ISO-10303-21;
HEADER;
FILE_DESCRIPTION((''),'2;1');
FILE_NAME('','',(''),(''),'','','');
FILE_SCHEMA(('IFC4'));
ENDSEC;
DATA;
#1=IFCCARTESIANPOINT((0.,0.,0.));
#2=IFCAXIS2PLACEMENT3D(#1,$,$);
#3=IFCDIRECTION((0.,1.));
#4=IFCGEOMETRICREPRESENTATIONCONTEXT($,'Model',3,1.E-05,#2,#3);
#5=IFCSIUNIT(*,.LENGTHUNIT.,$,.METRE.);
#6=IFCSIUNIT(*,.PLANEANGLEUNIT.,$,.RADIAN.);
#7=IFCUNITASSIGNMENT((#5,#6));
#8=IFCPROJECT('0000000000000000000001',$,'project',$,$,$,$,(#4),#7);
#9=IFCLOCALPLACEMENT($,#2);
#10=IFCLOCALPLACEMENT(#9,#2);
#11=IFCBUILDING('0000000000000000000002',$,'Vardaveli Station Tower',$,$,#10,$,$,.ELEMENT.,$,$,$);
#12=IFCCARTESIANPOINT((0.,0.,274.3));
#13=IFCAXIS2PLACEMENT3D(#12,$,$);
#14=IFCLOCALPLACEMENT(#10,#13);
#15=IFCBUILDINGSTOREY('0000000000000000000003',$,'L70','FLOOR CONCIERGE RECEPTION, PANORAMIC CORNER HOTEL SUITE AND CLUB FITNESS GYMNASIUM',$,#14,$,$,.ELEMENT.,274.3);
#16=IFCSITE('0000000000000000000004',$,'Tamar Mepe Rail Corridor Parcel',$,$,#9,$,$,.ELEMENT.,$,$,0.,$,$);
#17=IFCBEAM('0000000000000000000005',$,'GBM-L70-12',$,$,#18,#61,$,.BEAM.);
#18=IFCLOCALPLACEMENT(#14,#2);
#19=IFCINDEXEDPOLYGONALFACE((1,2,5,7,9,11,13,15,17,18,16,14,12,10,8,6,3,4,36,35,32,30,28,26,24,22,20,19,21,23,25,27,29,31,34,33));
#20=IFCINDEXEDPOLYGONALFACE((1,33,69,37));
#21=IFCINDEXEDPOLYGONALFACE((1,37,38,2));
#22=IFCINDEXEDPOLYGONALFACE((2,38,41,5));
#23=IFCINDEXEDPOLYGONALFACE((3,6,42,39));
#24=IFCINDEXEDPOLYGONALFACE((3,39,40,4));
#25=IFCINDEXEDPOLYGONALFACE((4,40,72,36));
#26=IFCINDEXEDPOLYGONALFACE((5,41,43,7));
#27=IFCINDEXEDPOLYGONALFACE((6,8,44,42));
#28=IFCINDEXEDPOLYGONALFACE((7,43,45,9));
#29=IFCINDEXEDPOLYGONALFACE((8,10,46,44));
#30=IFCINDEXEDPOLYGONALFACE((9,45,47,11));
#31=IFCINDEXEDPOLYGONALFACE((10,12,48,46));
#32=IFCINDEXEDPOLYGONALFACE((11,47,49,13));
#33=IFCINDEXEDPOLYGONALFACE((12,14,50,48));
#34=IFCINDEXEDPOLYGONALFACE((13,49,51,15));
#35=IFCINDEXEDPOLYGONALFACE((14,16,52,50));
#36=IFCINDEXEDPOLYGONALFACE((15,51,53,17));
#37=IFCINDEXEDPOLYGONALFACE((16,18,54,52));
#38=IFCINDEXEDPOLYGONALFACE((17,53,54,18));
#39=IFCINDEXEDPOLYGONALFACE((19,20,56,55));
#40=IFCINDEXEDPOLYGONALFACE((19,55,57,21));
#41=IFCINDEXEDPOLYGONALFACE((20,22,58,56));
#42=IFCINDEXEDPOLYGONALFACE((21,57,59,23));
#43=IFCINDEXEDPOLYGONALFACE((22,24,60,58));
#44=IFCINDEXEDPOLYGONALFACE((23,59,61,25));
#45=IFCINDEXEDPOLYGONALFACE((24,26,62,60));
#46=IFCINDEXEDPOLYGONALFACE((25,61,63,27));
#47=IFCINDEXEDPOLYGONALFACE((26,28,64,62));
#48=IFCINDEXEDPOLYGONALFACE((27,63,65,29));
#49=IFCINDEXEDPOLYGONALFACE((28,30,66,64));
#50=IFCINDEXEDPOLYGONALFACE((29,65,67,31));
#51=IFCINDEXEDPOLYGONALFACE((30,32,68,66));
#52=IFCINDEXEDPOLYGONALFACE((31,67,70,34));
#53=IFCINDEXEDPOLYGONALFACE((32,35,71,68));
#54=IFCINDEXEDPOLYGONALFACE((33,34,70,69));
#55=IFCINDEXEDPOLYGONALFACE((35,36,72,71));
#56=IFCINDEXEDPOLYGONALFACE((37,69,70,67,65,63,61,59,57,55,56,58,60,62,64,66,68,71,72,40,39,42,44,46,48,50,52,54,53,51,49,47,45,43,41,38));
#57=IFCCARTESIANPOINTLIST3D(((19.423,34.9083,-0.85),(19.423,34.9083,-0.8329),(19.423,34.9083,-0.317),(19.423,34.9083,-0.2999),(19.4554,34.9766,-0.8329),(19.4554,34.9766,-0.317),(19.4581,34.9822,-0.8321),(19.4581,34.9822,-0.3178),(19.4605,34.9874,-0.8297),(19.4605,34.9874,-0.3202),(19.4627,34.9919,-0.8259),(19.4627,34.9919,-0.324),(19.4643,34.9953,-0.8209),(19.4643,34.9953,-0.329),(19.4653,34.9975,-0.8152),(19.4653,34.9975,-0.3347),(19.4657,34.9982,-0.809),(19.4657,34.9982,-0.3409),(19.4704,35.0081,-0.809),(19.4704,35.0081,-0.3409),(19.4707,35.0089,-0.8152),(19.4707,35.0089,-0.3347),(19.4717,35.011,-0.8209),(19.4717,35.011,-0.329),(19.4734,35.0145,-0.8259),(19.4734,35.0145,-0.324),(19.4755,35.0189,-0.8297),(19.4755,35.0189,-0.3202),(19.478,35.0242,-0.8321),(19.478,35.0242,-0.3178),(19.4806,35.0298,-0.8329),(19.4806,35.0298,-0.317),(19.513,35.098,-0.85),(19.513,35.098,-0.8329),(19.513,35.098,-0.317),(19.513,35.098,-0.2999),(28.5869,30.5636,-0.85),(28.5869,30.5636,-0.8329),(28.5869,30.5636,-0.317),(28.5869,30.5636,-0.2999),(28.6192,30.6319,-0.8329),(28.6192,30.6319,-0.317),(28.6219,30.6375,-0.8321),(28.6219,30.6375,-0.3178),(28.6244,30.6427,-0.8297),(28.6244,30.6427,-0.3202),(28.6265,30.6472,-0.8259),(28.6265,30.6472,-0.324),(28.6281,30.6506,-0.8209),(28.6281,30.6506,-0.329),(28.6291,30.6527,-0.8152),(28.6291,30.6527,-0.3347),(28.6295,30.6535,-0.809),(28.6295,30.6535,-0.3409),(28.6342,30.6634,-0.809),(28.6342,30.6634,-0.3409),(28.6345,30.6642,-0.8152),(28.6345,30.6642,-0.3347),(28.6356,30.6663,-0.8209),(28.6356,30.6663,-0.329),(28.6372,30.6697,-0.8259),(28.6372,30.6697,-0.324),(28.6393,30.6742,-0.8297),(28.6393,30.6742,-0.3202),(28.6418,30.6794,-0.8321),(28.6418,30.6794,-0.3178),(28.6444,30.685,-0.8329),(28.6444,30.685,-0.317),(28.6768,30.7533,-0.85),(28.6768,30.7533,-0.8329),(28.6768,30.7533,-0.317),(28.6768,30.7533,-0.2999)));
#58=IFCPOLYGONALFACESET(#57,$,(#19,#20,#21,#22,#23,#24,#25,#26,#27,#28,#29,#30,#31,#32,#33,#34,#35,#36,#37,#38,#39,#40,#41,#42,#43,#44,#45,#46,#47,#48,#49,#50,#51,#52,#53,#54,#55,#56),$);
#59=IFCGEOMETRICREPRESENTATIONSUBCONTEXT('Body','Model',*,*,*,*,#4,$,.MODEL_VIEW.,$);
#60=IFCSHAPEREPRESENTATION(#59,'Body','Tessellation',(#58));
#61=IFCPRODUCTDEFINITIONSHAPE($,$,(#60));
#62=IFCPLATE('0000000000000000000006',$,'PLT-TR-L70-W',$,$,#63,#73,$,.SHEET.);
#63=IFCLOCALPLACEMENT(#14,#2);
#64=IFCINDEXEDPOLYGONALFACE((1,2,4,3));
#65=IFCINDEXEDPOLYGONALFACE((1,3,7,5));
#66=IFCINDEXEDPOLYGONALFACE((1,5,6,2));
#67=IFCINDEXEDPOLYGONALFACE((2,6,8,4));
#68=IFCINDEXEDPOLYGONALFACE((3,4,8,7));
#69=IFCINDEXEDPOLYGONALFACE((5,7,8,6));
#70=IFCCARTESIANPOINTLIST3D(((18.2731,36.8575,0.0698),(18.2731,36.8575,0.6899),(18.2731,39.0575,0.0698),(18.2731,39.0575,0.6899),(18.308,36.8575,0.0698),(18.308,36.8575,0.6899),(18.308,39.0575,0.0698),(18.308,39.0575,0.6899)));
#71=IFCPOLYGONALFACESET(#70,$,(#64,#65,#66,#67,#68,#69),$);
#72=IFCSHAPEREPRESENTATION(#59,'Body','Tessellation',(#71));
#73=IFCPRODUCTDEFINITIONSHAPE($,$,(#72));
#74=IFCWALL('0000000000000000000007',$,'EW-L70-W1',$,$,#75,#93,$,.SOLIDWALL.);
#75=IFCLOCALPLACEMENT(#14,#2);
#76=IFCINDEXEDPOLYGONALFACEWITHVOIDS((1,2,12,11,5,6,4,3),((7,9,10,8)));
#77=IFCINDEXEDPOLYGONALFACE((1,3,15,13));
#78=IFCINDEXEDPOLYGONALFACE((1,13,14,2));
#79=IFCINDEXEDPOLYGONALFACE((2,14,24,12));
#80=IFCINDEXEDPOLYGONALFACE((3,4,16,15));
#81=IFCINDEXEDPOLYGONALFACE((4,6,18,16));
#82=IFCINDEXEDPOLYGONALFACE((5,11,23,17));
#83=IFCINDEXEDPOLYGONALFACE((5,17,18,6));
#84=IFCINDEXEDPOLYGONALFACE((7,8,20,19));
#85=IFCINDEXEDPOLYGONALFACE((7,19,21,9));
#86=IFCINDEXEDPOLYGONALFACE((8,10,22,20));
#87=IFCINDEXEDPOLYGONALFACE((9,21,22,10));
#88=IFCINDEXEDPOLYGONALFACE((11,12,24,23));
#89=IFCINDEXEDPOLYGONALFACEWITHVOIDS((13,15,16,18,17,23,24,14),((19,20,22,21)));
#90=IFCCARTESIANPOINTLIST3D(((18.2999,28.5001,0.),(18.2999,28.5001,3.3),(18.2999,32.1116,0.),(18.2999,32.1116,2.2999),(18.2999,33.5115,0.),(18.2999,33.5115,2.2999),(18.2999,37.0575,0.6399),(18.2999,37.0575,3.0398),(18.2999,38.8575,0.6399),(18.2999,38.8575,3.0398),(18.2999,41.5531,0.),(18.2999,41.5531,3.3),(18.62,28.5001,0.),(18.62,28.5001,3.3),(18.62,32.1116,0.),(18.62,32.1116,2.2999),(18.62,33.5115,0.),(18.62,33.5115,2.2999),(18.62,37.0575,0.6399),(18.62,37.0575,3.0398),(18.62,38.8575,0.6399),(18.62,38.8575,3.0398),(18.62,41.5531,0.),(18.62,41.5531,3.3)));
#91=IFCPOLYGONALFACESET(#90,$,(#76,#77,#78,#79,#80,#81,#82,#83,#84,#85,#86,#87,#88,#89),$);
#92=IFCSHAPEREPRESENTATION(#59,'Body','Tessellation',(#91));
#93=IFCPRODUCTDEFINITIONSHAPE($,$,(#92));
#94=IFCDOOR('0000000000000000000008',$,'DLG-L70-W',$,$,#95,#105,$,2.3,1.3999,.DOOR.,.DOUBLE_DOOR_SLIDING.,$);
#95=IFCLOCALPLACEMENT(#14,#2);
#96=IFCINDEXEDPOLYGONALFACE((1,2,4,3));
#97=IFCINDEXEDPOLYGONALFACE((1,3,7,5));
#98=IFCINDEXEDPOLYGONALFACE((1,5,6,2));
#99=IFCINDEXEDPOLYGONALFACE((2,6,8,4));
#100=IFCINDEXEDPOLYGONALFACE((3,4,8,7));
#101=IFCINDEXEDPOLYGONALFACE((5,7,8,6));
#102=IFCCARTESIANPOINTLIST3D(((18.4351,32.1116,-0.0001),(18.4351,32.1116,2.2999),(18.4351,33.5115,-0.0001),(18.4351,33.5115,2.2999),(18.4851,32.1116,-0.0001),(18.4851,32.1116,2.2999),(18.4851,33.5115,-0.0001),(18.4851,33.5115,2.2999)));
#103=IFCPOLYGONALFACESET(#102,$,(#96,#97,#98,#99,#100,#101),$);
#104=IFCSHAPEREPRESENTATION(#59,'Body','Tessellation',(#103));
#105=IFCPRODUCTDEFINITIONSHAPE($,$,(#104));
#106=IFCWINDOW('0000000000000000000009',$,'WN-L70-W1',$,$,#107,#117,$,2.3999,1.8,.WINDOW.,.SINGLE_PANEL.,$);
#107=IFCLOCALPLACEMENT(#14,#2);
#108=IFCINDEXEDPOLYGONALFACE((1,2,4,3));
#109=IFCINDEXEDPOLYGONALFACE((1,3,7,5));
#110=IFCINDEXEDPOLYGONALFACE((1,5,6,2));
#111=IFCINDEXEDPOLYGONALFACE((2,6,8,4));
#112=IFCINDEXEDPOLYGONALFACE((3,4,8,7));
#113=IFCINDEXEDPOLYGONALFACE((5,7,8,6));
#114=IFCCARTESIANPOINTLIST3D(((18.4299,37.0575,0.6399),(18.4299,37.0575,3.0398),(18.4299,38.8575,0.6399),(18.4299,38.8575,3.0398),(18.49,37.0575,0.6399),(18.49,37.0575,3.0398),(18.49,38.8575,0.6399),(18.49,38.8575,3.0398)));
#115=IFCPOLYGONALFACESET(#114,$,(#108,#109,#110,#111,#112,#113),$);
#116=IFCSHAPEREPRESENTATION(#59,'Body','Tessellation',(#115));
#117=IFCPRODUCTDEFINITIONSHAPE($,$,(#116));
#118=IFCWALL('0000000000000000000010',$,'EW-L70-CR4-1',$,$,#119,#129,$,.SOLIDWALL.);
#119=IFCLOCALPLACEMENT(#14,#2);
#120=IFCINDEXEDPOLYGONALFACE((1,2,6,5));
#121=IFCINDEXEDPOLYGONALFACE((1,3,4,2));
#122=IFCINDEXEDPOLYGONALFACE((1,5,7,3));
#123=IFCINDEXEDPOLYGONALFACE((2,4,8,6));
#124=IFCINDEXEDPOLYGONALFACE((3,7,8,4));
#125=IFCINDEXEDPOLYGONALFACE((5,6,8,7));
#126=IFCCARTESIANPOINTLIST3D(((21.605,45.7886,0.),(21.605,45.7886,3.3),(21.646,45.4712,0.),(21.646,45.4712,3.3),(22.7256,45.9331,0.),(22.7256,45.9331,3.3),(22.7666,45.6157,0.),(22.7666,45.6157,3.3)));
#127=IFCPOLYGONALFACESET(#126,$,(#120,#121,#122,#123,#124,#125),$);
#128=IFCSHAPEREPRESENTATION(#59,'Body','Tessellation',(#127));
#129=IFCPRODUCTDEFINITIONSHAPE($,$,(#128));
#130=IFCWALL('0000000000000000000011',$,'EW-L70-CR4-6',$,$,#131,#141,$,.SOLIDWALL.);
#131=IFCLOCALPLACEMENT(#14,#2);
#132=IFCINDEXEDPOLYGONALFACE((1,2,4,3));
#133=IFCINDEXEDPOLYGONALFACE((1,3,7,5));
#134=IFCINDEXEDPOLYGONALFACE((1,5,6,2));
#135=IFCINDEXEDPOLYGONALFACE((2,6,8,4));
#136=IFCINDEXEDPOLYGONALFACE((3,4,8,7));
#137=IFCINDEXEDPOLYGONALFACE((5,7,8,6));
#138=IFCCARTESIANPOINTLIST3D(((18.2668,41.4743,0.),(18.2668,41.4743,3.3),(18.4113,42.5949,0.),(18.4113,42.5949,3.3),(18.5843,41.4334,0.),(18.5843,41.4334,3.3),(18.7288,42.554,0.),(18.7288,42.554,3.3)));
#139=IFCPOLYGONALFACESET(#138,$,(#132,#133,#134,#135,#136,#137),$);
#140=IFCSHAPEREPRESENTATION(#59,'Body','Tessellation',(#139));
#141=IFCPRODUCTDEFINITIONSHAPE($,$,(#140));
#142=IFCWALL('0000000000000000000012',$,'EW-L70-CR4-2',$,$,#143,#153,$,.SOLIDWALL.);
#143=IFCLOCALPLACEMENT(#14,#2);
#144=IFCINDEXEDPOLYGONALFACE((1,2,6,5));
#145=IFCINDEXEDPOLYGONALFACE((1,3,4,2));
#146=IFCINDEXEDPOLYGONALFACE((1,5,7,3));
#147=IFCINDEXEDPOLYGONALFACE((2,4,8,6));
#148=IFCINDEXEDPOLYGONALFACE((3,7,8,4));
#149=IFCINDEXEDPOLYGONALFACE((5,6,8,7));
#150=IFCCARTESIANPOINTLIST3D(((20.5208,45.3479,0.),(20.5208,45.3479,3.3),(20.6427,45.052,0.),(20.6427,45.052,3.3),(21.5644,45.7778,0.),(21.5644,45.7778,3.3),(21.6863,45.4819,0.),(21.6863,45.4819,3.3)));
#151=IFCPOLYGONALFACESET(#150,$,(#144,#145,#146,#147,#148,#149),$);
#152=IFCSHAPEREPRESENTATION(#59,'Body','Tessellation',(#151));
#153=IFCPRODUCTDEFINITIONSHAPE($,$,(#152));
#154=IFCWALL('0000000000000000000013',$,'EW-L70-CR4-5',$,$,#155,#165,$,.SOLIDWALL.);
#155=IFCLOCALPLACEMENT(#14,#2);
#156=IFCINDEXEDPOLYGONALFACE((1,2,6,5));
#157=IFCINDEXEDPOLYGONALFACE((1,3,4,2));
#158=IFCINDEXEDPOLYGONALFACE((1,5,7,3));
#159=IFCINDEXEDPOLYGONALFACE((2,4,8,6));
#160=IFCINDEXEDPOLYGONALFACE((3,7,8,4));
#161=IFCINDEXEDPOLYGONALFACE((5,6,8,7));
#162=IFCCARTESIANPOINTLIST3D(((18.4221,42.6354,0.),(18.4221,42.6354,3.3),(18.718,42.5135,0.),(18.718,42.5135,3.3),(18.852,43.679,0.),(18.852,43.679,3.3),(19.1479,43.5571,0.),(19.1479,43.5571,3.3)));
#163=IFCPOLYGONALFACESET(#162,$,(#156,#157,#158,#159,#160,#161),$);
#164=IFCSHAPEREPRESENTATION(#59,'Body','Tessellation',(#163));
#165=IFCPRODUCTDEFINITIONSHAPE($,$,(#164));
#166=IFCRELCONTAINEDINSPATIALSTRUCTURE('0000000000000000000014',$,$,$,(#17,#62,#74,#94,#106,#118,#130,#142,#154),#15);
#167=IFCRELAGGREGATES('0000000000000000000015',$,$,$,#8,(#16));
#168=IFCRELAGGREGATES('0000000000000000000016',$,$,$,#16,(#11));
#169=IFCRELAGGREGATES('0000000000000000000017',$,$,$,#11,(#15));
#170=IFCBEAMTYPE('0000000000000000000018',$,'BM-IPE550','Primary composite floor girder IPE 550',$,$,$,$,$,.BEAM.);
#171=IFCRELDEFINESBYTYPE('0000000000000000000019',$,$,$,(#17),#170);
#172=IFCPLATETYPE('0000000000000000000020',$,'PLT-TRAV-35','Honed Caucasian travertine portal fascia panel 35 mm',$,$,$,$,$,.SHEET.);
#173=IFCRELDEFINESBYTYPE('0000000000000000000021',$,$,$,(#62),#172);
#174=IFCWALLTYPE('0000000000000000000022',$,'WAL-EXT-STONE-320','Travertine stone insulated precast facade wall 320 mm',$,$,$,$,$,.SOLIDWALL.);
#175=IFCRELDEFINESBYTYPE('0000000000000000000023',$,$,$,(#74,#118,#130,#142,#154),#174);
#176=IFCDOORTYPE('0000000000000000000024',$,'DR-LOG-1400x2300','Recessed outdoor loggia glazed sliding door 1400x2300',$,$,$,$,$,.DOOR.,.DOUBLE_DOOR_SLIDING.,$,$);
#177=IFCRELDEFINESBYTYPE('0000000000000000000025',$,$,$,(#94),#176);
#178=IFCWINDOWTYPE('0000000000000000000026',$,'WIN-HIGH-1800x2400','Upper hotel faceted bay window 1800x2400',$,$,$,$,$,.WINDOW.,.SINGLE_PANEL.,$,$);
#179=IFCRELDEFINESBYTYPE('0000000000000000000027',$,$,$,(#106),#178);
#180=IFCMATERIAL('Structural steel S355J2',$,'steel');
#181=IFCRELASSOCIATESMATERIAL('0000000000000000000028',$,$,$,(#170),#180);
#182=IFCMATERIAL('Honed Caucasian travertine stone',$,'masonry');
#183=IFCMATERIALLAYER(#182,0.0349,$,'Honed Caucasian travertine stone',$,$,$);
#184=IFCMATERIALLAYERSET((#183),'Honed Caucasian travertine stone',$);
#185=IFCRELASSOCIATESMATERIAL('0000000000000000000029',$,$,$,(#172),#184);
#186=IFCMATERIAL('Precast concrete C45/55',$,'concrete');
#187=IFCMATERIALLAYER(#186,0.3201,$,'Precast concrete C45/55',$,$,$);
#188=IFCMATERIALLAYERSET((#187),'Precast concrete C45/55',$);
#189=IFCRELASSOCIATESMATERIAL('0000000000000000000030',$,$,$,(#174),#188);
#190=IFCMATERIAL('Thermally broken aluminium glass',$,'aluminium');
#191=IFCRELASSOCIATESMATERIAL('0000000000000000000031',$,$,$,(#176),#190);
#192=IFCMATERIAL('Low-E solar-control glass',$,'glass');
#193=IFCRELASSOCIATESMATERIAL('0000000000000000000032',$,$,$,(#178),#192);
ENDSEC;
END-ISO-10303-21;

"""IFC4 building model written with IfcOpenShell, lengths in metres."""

from ifc_helpers import new_model, si_unit, direction, frame, frame_2d, origin, origin_2d, place, context, subcontext, project, spatial, rectangle, i_section, extrude, source, transform, mapped, material, layer, layer_set, material_profile, profile_set, type_object, element, fill, save


model = new_model("IFC4")

# Units and contexts
model_context = context("Model", 3, precision=1e-05, world=origin(), true_north=direction((0.0, 1.0)))
body_context = subcontext(model_context, "Body", "Model", "MODEL_VIEW")
ifc_project = project(units=[si_unit("LENGTHUNIT", "METRE"), si_unit("PLANEANGLEUNIT", "RADIAN")], contexts=[model_context])

# Site, building, storey
site_placement = place(None, origin())
site = spatial("IfcSite", under=ifc_project, at=site_placement, Name="Tamar Mepe Rail Corridor Parcel", CompositionType="ELEMENT", RefElevation=0.0)
building_placement = place(site_placement, origin())
building = spatial("IfcBuilding", under=site, at=building_placement, Name="Vardaveli Station Tower", CompositionType="ELEMENT")
storey_placement = place(building_placement, frame((0.0, 0.0, 274.3)))
storey = spatial("IfcBuildingStorey", under=building, at=storey_placement, Name="L70", Description="FLOOR CONCIERGE RECEPTION, PANORAMIC CORNER HOTEL SUITE AND CLUB FITNESS GYMNASIUM", CompositionType="ELEMENT", Elevation=274.3)

# Beam
ifc_material_1 = material(Name="Precast concrete C45/55", Category="concrete")
ifc_material_2 = material(Name="Structural steel S355J2", Category="steel")
ifc_material_profile_1 = material_profile(ifc_material_2, i_section(OverallWidth=0.21, OverallDepth=0.55, WebThickness=0.011, FlangeThickness=0.0171, FilletRadius=0.0239, at=origin_2d()), Name="IPE 550")
ifc_profile_set_1 = profile_set([ifc_material_profile_1], Name="Structural steel S355J2")
beam_type_1 = type_object("IfcBeamType", Name="BM-IPE550", Description="Primary composite floor girder IPE 550", PredefinedType="BEAM", material=ifc_profile_set_1)
shared_shape_1 = source(origin(), body_context, "Body", "SweptSolid", [
    extrude(i_section(OverallWidth=0.21, OverallDepth=0.55, WebThickness=0.011, FlangeThickness=0.0171, FilletRadius=0.0239, at=origin_2d()), origin(), (0.0, 0.0, 1.0), 10.1416),
])
beam_1_placement = place(storey_placement, frame((19.468, 35.0032, -0.575), z_axis=(0.903586, -0.428406, 0.0), x_axis=(0.428406, 0.903586, 0.0)))
element("IfcBeam", 1, at=beam_1_placement, inside=storey, type_object=beam_type_1, Name="GBM-L70-12", PredefinedType="BEAM", context=body_context, shape_type="MappedRepresentation", body=[
    mapped(shared_shape_1, transform((0.0, 0.0, 0.0), scale=1.0)),
])

# Plate
ifc_material_3 = material(Name="Honed Caucasian travertine stone", Category="masonry")
ifc_layer_1 = layer(ifc_material_3, 0.0349, Name="Honed Caucasian travertine stone")
ifc_layer_set_1 = layer_set([ifc_layer_1], Name="Honed Caucasian travertine stone")
plate_type = type_object("IfcPlateType", Name="PLT-TRAV-35", Description="Honed Caucasian travertine portal fascia panel 35 mm", PredefinedType="SHEET", material=ifc_layer_set_1)
shared_shape_2 = source(origin(), body_context, "Body", "SweptSolid", [
    extrude(rectangle(XDim=2.2, YDim=0.0349, at=origin_2d()), origin(), (0.0, 0.0, 1.0), 0.6201),
])
plate_placement = place(storey_placement, frame((18.2905, 37.9575, 0.0698), z_axis=(0.0, 0.0, 1.0), x_axis=(0.0, 1.0, 0.0)))
element("IfcPlate", 2, at=plate_placement, inside=storey, type_object=plate_type, Name="PLT-TR-L70-W", PredefinedType="SHEET", context=body_context, shape_type="MappedRepresentation", body=[
    mapped(shared_shape_2, transform((0.0, 0.0, 0.0), scale=1.0)),
])

# Wall, openings, door, window
ifc_layer_2 = layer(ifc_material_1, 0.3201, Name="Precast concrete C45/55")
ifc_layer_set_2 = layer_set([ifc_layer_2], Name="Precast concrete C45/55")
wall_type_1 = type_object("IfcWallType", Name="WAL-EXT-STONE-320", Description="Travertine stone insulated precast facade wall 320 mm", PredefinedType="SOLIDWALL", material=ifc_layer_set_2)
shared_shape_3 = source(origin(), body_context, "Body", "SweptSolid", [
    extrude(rectangle(XDim=13.053, YDim=0.3201, at=frame_2d((6.5264, 0.0))), origin(), (0.0, 0.0, 1.0), 3.3),
])
wall_1_placement = place(storey_placement, frame((18.46, 41.553, 0.0), z_axis=(0.0, 0.0, 1.0), x_axis=(0.0, -1.0, 0.0)))
wall_1 = element("IfcWall", 3, at=wall_1_placement, inside=storey, type_object=wall_type_1, Name="EW-L70-W1", PredefinedType="SOLIDWALL", context=body_context, shape_type="MappedRepresentation", body=[
    mapped(shared_shape_3, transform((0.0, 0.0, 0.0), scale=1.0)),
])
shared_shape_4 = source(origin(), body_context, "Body", "SweptSolid", [
    extrude(rectangle(XDim=1.3999, YDim=2.3, at=frame_2d((0.7, 1.1499))), frame((0.0, 0.1699, 0.0), z_axis=(0.0, -1.0, 0.0), x_axis=(1.0, 0.0, 0.0)), (0.0, 0.0, 1.0), 0.3401),
])
opening_1_placement = place(wall_1_placement, frame((8.0415, 0.0, 0.0)))
opening_1 = element("IfcOpeningElement", 4, at=opening_1_placement, cuts=wall_1, PredefinedType="OPENING", context=body_context, shape_type="MappedRepresentation", body=[
    mapped(shared_shape_4, transform((0.0, 0.0, 0.0), scale=1.0)),
])
shared_shape_5 = source(origin(), body_context, "Body", "SweptSolid", [
    extrude(rectangle(XDim=1.8, YDim=2.3999, at=frame_2d((0.8999, 1.2))), frame((0.0, 0.1699, 0.0), z_axis=(0.0, -1.0, 0.0), x_axis=(1.0, 0.0, 0.0)), (0.0, 0.0, 1.0), 0.3401),
])
opening_2_placement = place(wall_1_placement, frame((2.6956, 0.0, 0.6399)))
opening_2 = element("IfcOpeningElement", 5, at=opening_2_placement, cuts=wall_1, PredefinedType="OPENING", context=body_context, shape_type="MappedRepresentation", body=[
    mapped(shared_shape_5, transform((0.0, 0.0, 0.0), scale=1.0)),
])
ifc_material_4 = material(Name="Thermally broken aluminium glass", Category="aluminium")
door_type_1 = type_object("IfcDoorType", Name="DR-LOG-1400x2300", Description="Recessed outdoor loggia glazed sliding door 1400x2300", OperationType="DOUBLE_DOOR_SLIDING", PredefinedType="DOOR", material=ifc_material_4)
shared_shape_6 = source(origin(), body_context, "Body", "SweptSolid", [
    extrude(rectangle(XDim=1.3999, YDim=2.3, at=frame_2d((0.7, 1.1499))), frame((0.0, 0.0249, 0.0), z_axis=(0.0, -1.0, 0.0), x_axis=(1.0, 0.0, 0.0)), (0.0, 0.0, 1.0), 0.05),
])
door_1_placement = place(opening_1_placement, frame((1.3999, 0.0, 0.0), z_axis=(0.0, 0.0, 1.0), x_axis=(-1.0, 0.0, 0.0)))
door_1 = element("IfcDoor", 6, at=door_1_placement, inside=storey, type_object=door_type_1, Name="DLG-L70-W", OperationType="DOUBLE_DOOR_SLIDING", OverallHeight=2.3, OverallWidth=1.3999, PredefinedType="DOOR", context=body_context, shape_type="MappedRepresentation", body=[
    mapped(shared_shape_6, transform((0.0, 0.0, 0.0), scale=1.0)),
])
fill(opening_1, door_1)
ifc_material_5 = material(Name="Low-E solar-control glass", Category="glass")
window_type = type_object("IfcWindowType", Name="WIN-HIGH-1800x2400", Description="Upper hotel faceted bay window 1800x2400", PartitioningType="SINGLE_PANEL", PredefinedType="WINDOW", material=ifc_material_5)
shared_shape_7 = source(origin(), body_context, "Body", "SweptSolid", [
    extrude(rectangle(XDim=1.8, YDim=2.3999, at=frame_2d((0.8999, 1.2))), frame((0.0, 0.03, 0.0), z_axis=(0.0, -1.0, 0.0), x_axis=(1.0, 0.0, 0.0)), (0.0, 0.0, 1.0), 0.0601),
])
window_placement = place(opening_2_placement, origin())
window = element("IfcWindow", 7, at=window_placement, inside=storey, type_object=window_type, Name="WN-L70-W1", OverallHeight=2.3999, OverallWidth=1.8, PartitioningType="SINGLE_PANEL", PredefinedType="WINDOW", context=body_context, shape_type="MappedRepresentation", body=[
    mapped(shared_shape_7, transform((0.0, 0.0, 0.0), scale=1.0)),
])
fill(opening_2, window)

# Walls
shared_shape_8 = source(origin(), body_context, "Body", "SweptSolid", [
    extrude(rectangle(XDim=1.1299, YDim=0.3201, at=frame_2d((0.5649, 0.0))), origin(), (0.0, 0.0, 1.0), 3.3),
])
for number, where, z_axis, x_axis, name in (
    (8, (22.7461, 45.7744, 0.0), (0.0, 0.0, 1.0), (-0.991785, -0.127916, 0.0), "EW-L70-CR4-1"),
    (9, (18.5701, 42.5745, 0.0), (0.0, 0.0, 1.0), (-0.127916, -0.991785, 0.0), "EW-L70-CR4-6"),
):
    element("IfcWall", number, at=place(storey_placement, frame(where, z_axis=z_axis, x_axis=x_axis)), inside=storey, type_object=wall_type_1, Name=name, PredefinedType="SOLIDWALL", context=body_context, shape_type="MappedRepresentation", body=[
        mapped(shared_shape_8, transform((0.0, 0.0, 0.0), scale=1.0)),
    ])
shared_shape_9 = source(origin(), body_context, "Body", "SweptSolid", [
    extrude(rectangle(XDim=1.1287, YDim=0.3201, at=frame_2d((0.5645, 0.0))), origin(), (0.0, 0.0, 1.0), 3.3),
])
for number, where, z_axis, x_axis, name in (
    (10, (21.6255, 45.6299, 0.0), (0.0, 0.0, 1.0), (-0.924624, -0.38088, 0.0), "EW-L70-CR4-2"),
    (11, (19.0, 43.6182, 0.0), (0.0, 0.0, 1.0), (-0.38088, -0.924624, 0.0), "EW-L70-CR4-5"),
):
    element("IfcWall", number, at=place(storey_placement, frame(where, z_axis=z_axis, x_axis=x_axis)), inside=storey, type_object=wall_type_1, Name=name, PredefinedType="SOLIDWALL", context=body_context, shape_type="MappedRepresentation", body=[
        mapped(shared_shape_9, transform((0.0, 0.0, 0.0), scale=1.0)),
    ])

save(model, "model.ifc")
